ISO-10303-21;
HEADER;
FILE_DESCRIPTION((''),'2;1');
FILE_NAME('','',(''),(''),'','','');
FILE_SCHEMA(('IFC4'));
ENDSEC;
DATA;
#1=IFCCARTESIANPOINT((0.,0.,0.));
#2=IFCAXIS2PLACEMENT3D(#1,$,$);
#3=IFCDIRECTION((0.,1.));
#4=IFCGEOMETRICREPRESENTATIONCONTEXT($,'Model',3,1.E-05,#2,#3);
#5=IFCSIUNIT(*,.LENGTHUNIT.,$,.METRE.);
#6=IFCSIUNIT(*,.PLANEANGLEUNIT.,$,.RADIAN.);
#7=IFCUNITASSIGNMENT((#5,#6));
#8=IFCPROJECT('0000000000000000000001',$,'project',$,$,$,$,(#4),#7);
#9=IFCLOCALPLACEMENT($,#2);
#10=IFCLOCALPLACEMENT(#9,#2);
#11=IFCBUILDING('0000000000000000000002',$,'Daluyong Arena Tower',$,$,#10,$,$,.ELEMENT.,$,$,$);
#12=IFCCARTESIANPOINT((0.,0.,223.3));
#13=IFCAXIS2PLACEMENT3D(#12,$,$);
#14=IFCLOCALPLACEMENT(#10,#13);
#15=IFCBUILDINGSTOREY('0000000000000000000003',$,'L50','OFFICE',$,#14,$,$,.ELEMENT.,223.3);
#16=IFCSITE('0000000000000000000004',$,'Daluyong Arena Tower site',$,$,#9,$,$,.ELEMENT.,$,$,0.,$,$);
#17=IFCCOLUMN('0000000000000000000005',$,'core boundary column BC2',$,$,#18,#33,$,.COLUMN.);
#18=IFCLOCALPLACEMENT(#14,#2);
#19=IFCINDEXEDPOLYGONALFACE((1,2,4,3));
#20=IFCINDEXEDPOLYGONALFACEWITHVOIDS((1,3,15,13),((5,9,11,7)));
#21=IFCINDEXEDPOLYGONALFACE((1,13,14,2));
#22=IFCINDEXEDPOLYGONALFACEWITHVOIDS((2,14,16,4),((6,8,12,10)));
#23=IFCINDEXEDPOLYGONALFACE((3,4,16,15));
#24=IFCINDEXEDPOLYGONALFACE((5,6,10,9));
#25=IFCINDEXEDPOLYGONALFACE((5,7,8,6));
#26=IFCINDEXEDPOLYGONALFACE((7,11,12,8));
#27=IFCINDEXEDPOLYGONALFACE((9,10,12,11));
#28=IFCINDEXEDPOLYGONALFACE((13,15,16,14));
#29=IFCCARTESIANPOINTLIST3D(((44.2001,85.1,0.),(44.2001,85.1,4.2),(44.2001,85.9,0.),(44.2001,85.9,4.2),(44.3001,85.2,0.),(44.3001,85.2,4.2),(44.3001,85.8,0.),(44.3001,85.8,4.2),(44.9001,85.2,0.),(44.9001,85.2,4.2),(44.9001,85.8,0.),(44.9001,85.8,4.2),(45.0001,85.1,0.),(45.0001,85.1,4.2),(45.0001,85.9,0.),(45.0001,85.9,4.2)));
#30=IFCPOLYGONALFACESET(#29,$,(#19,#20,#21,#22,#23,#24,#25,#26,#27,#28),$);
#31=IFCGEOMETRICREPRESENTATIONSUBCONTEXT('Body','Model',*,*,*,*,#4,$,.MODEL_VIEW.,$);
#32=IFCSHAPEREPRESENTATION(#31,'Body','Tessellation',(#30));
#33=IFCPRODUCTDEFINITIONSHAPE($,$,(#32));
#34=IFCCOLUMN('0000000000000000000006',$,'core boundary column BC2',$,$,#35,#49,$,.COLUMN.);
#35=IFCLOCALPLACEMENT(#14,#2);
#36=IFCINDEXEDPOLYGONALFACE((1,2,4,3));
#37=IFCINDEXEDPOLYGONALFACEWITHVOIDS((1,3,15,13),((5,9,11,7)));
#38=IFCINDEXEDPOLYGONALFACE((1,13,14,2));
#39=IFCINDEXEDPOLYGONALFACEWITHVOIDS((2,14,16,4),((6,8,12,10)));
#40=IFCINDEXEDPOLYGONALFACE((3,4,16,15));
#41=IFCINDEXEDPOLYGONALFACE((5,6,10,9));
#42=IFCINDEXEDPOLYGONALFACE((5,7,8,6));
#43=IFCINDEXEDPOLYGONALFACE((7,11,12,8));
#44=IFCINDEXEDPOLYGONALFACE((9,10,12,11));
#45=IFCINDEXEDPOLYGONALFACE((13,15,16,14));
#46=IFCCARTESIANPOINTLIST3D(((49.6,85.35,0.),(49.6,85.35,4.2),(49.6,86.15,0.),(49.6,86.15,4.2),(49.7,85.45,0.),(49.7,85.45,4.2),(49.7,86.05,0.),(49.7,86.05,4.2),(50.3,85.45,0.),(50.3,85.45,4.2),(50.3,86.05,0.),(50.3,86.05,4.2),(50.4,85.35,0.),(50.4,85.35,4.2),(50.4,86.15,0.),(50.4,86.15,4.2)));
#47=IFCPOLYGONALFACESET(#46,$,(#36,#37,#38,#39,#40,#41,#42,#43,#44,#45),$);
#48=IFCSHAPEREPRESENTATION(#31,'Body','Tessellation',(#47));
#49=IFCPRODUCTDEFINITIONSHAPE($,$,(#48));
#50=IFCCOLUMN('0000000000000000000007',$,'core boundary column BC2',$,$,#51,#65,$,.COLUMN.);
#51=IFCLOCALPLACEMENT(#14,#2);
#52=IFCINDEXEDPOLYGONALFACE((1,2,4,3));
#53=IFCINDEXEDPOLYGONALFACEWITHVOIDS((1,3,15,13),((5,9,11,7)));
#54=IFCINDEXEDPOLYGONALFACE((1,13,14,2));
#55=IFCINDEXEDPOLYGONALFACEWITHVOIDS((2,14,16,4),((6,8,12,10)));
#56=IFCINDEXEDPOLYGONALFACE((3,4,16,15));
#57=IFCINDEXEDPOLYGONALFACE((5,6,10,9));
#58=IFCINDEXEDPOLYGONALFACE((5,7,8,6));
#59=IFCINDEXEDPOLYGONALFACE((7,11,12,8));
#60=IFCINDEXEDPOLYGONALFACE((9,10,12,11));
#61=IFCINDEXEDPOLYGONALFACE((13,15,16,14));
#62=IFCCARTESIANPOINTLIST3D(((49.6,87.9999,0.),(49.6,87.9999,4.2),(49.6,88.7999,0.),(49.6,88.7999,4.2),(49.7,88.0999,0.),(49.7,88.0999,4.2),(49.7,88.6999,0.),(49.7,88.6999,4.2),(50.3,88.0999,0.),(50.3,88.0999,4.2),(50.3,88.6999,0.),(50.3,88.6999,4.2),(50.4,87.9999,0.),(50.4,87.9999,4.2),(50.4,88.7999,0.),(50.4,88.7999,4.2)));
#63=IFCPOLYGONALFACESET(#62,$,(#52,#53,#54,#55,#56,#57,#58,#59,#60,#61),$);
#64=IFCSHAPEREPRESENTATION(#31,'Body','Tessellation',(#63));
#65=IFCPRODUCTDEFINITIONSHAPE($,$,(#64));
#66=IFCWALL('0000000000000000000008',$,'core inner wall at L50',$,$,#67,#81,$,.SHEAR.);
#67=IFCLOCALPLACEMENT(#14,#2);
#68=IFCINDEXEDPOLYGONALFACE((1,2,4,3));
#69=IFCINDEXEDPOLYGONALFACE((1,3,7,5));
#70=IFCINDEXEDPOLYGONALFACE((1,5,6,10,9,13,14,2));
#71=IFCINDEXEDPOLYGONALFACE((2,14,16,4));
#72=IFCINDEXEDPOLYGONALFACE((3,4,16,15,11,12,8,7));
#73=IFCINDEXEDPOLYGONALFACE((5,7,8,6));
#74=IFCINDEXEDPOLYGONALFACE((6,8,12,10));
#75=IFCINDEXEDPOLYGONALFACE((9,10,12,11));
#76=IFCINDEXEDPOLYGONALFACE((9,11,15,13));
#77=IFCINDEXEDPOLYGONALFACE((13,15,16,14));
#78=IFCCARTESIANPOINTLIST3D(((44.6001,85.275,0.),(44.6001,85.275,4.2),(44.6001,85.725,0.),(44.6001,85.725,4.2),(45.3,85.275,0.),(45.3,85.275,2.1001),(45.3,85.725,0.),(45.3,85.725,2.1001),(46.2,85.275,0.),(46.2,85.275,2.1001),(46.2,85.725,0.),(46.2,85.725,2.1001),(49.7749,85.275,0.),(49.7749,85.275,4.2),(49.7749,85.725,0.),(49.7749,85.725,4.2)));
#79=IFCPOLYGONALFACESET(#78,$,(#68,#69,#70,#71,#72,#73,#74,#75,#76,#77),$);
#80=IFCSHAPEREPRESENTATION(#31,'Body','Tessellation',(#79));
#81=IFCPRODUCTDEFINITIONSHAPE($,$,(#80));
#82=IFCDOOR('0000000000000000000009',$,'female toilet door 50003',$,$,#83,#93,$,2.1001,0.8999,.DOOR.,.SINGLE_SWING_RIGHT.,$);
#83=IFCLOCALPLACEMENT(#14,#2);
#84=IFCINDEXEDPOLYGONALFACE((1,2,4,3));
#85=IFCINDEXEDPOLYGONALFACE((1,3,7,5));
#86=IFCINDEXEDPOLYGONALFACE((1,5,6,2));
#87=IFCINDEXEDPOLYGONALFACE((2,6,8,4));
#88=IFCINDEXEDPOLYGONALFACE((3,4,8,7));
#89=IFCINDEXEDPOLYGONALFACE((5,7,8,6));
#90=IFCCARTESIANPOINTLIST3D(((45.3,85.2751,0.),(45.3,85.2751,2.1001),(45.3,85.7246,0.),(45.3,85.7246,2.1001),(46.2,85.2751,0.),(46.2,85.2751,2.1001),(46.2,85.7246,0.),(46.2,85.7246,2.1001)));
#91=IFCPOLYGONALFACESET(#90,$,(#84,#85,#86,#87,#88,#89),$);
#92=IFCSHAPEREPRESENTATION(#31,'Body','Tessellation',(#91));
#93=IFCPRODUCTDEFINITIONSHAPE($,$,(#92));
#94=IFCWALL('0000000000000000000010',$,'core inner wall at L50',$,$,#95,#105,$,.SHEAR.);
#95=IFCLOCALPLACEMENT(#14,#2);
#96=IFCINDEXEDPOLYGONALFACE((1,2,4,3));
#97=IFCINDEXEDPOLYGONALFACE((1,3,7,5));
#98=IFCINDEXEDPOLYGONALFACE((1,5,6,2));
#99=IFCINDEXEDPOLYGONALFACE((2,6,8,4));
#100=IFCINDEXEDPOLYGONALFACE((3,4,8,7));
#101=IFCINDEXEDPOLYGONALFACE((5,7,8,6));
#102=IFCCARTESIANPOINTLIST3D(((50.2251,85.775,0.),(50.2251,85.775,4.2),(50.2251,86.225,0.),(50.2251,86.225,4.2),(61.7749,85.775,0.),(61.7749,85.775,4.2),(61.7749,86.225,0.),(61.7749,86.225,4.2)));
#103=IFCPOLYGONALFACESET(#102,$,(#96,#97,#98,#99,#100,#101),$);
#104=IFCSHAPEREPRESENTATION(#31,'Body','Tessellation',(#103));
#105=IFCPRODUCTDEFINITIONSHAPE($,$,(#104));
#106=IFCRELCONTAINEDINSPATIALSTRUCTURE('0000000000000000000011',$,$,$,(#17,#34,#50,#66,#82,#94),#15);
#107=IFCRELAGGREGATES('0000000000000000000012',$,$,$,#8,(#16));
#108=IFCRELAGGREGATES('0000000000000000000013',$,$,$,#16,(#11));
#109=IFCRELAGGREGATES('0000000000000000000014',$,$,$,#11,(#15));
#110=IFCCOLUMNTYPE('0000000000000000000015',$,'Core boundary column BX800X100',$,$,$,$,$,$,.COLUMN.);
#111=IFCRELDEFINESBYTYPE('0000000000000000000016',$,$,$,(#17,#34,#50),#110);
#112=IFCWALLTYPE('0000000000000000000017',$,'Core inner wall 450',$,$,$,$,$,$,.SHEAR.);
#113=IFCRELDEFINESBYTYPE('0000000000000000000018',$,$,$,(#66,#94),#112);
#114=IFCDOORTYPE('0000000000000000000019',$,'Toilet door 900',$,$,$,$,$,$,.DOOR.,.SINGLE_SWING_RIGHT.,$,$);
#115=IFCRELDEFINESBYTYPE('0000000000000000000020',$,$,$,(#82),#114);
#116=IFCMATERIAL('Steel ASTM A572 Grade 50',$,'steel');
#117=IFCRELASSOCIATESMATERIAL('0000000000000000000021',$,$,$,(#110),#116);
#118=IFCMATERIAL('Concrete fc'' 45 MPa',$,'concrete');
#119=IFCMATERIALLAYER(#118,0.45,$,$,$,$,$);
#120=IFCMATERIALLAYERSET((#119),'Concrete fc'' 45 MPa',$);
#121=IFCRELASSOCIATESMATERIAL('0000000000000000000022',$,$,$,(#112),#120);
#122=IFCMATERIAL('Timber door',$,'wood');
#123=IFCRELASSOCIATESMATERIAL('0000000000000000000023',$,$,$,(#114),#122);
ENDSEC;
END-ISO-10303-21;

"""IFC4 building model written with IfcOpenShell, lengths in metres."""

from ifc_helpers import new_model, si_unit, direction, frame, frame_2d, origin, origin_2d, place, context, subcontext, project, spatial, rectangle, hollow_rectangle, extrude, material, layer, layer_set, material_profile, profile_set, type_object, element, fill, save


model = new_model("IFC4")

# Units and contexts
model_context = context("Model", 3, precision=1e-05, world=origin(), true_north=direction((0.0, 1.0)))
body_context = subcontext(model_context, "Body", "Model", "MODEL_VIEW")
ifc_project = project(units=[si_unit("LENGTHUNIT", "METRE"), si_unit("PLANEANGLEUNIT", "RADIAN")], contexts=[model_context])

# Site, building, storey
site_placement = place(None, origin())
site = spatial("IfcSite", under=ifc_project, at=site_placement, Name="Daluyong Arena Tower site", CompositionType="ELEMENT", RefElevation=0.0)
building_placement = place(site_placement, origin())
building = spatial("IfcBuilding", under=site, at=building_placement, Name="Daluyong Arena Tower", CompositionType="ELEMENT")
storey_placement = place(building_placement, frame((0.0, 0.0, 223.3)))
storey = spatial("IfcBuildingStorey", under=building, at=storey_placement, Name="L50", Description="OFFICE", CompositionType="ELEMENT", Elevation=223.3)

# Columns
ifc_material_1 = material(Name="Steel ASTM A572 Grade 50", Category="steel")
ifc_material_profile = material_profile(ifc_material_1, hollow_rectangle(XDim=0.8, YDim=0.8, WallThickness=0.1, at=origin_2d()))
ifc_profile_set = profile_set([ifc_material_profile], Name="Steel ASTM A572 Grade 50")
column_type = type_object("IfcColumnType", Name="Core boundary column BX800X100", PredefinedType="COLUMN", material=ifc_profile_set)
for number, where, z_axis, x_axis, name in (
    (1, (44.6001, 85.5, 0.0), (0.0, 0.0, 1.0), (1.0, 0.0, 0.0), "core boundary column BC2"),
    (2, (50.0, 85.75, 0.0), (0.0, 0.0, 1.0), (1.0, 0.0, 0.0), "core boundary column BC2"),
    (3, (50.0, 88.3999, 0.0), (0.0, 0.0, 1.0), (1.0, 0.0, 0.0), "core boundary column BC2"),
):
    element("IfcColumn", number, at=place(storey_placement, frame(where, z_axis=z_axis, x_axis=x_axis)), inside=storey, type_object=column_type, Name=name, PredefinedType="COLUMN", context=body_context, shape_type="SweptSolid", body=[
        extrude(hollow_rectangle(XDim=0.8, YDim=0.8, WallThickness=0.1, at=origin_2d()), origin(), (0.0, 0.0, 1.0), 4.2),
    ])

# Wall, opening, door
ifc_material_2 = material(Name="Concrete fc' 45 MPa", Category="concrete")
ifc_layer_1 = layer(ifc_material_2, 0.45)
ifc_layer_set_1 = layer_set([ifc_layer_1], Name="Concrete fc' 45 MPa")
wall_type_1 = type_object("IfcWallType", Name="Core inner wall 450", PredefinedType="SHEAR", material=ifc_layer_set_1)
wall_1_placement = place(storey_placement, frame((44.6001, 85.5, 0.0), z_axis=(0.0, 0.0, 1.0), x_axis=(1.0, 0.0, 0.0)))
wall_1 = element("IfcWall", 4, at=wall_1_placement, inside=storey, type_object=wall_type_1, Name="core inner wall at L50", PredefinedType="SHEAR", context=body_context, shape_type="SweptSolid", body=[
    extrude(rectangle(XDim=5.1748, YDim=0.45, at=frame_2d((2.5874, 0.0))), origin(), (0.0, 0.0, 1.0), 4.2),
])
opening_1_placement = place(wall_1_placement, frame((0.7, 0.0, 0.0)))
opening_1 = element("IfcOpeningElement", 5, at=opening_1_placement, cuts=wall_1, PredefinedType="OPENING", context=body_context, shape_type="SweptSolid", body=[
    extrude(rectangle(XDim=0.8999, YDim=2.1001, at=frame_2d((0.45, 1.05))), frame((0.0, 0.2349, 0.0), z_axis=(0.0, -1.0, 0.0), x_axis=(1.0, 0.0, 0.0)), (0.0, 0.0, 1.0), 0.47),
])
ifc_material_3 = material(Name="Timber door", Category="wood")
door_type_1 = type_object("IfcDoorType", Name="Toilet door 900", OperationType="SINGLE_SWING_RIGHT", PredefinedType="DOOR", material=ifc_material_3)
door_1_placement = place(opening_1_placement, origin())
door_1 = element("IfcDoor", 6, at=door_1_placement, inside=storey, type_object=door_type_1, Name="female toilet door 50003", OperationType="SINGLE_SWING_RIGHT", OverallHeight=2.1001, OverallWidth=0.8999, PredefinedType="DOOR", context=body_context, shape_type="SweptSolid", body=[
    extrude(rectangle(XDim=0.8999, YDim=2.1001, at=frame_2d((0.45, 1.05))), frame((0.0, 0.2246, 0.0), z_axis=(0.0, -1.0, 0.0), x_axis=(1.0, 0.0, 0.0)), (0.0, 0.0, 1.0), 0.4495),
])
fill(opening_1, door_1)

# Wall
wall_2_placement = place(storey_placement, frame((50.2251, 86.0, 0.0), z_axis=(0.0, 0.0, 1.0), x_axis=(1.0, 0.0, 0.0)))
element("IfcWall", 7, at=wall_2_placement, inside=storey, type_object=wall_type_1, Name="core inner wall at L50", PredefinedType="SHEAR", context=body_context, shape_type="SweptSolid", body=[
    extrude(rectangle(XDim=11.5498, YDim=0.45, at=frame_2d((5.7749, 0.0))), origin(), (0.0, 0.0, 1.0), 4.2),
])

save(model, "model.ifc")
